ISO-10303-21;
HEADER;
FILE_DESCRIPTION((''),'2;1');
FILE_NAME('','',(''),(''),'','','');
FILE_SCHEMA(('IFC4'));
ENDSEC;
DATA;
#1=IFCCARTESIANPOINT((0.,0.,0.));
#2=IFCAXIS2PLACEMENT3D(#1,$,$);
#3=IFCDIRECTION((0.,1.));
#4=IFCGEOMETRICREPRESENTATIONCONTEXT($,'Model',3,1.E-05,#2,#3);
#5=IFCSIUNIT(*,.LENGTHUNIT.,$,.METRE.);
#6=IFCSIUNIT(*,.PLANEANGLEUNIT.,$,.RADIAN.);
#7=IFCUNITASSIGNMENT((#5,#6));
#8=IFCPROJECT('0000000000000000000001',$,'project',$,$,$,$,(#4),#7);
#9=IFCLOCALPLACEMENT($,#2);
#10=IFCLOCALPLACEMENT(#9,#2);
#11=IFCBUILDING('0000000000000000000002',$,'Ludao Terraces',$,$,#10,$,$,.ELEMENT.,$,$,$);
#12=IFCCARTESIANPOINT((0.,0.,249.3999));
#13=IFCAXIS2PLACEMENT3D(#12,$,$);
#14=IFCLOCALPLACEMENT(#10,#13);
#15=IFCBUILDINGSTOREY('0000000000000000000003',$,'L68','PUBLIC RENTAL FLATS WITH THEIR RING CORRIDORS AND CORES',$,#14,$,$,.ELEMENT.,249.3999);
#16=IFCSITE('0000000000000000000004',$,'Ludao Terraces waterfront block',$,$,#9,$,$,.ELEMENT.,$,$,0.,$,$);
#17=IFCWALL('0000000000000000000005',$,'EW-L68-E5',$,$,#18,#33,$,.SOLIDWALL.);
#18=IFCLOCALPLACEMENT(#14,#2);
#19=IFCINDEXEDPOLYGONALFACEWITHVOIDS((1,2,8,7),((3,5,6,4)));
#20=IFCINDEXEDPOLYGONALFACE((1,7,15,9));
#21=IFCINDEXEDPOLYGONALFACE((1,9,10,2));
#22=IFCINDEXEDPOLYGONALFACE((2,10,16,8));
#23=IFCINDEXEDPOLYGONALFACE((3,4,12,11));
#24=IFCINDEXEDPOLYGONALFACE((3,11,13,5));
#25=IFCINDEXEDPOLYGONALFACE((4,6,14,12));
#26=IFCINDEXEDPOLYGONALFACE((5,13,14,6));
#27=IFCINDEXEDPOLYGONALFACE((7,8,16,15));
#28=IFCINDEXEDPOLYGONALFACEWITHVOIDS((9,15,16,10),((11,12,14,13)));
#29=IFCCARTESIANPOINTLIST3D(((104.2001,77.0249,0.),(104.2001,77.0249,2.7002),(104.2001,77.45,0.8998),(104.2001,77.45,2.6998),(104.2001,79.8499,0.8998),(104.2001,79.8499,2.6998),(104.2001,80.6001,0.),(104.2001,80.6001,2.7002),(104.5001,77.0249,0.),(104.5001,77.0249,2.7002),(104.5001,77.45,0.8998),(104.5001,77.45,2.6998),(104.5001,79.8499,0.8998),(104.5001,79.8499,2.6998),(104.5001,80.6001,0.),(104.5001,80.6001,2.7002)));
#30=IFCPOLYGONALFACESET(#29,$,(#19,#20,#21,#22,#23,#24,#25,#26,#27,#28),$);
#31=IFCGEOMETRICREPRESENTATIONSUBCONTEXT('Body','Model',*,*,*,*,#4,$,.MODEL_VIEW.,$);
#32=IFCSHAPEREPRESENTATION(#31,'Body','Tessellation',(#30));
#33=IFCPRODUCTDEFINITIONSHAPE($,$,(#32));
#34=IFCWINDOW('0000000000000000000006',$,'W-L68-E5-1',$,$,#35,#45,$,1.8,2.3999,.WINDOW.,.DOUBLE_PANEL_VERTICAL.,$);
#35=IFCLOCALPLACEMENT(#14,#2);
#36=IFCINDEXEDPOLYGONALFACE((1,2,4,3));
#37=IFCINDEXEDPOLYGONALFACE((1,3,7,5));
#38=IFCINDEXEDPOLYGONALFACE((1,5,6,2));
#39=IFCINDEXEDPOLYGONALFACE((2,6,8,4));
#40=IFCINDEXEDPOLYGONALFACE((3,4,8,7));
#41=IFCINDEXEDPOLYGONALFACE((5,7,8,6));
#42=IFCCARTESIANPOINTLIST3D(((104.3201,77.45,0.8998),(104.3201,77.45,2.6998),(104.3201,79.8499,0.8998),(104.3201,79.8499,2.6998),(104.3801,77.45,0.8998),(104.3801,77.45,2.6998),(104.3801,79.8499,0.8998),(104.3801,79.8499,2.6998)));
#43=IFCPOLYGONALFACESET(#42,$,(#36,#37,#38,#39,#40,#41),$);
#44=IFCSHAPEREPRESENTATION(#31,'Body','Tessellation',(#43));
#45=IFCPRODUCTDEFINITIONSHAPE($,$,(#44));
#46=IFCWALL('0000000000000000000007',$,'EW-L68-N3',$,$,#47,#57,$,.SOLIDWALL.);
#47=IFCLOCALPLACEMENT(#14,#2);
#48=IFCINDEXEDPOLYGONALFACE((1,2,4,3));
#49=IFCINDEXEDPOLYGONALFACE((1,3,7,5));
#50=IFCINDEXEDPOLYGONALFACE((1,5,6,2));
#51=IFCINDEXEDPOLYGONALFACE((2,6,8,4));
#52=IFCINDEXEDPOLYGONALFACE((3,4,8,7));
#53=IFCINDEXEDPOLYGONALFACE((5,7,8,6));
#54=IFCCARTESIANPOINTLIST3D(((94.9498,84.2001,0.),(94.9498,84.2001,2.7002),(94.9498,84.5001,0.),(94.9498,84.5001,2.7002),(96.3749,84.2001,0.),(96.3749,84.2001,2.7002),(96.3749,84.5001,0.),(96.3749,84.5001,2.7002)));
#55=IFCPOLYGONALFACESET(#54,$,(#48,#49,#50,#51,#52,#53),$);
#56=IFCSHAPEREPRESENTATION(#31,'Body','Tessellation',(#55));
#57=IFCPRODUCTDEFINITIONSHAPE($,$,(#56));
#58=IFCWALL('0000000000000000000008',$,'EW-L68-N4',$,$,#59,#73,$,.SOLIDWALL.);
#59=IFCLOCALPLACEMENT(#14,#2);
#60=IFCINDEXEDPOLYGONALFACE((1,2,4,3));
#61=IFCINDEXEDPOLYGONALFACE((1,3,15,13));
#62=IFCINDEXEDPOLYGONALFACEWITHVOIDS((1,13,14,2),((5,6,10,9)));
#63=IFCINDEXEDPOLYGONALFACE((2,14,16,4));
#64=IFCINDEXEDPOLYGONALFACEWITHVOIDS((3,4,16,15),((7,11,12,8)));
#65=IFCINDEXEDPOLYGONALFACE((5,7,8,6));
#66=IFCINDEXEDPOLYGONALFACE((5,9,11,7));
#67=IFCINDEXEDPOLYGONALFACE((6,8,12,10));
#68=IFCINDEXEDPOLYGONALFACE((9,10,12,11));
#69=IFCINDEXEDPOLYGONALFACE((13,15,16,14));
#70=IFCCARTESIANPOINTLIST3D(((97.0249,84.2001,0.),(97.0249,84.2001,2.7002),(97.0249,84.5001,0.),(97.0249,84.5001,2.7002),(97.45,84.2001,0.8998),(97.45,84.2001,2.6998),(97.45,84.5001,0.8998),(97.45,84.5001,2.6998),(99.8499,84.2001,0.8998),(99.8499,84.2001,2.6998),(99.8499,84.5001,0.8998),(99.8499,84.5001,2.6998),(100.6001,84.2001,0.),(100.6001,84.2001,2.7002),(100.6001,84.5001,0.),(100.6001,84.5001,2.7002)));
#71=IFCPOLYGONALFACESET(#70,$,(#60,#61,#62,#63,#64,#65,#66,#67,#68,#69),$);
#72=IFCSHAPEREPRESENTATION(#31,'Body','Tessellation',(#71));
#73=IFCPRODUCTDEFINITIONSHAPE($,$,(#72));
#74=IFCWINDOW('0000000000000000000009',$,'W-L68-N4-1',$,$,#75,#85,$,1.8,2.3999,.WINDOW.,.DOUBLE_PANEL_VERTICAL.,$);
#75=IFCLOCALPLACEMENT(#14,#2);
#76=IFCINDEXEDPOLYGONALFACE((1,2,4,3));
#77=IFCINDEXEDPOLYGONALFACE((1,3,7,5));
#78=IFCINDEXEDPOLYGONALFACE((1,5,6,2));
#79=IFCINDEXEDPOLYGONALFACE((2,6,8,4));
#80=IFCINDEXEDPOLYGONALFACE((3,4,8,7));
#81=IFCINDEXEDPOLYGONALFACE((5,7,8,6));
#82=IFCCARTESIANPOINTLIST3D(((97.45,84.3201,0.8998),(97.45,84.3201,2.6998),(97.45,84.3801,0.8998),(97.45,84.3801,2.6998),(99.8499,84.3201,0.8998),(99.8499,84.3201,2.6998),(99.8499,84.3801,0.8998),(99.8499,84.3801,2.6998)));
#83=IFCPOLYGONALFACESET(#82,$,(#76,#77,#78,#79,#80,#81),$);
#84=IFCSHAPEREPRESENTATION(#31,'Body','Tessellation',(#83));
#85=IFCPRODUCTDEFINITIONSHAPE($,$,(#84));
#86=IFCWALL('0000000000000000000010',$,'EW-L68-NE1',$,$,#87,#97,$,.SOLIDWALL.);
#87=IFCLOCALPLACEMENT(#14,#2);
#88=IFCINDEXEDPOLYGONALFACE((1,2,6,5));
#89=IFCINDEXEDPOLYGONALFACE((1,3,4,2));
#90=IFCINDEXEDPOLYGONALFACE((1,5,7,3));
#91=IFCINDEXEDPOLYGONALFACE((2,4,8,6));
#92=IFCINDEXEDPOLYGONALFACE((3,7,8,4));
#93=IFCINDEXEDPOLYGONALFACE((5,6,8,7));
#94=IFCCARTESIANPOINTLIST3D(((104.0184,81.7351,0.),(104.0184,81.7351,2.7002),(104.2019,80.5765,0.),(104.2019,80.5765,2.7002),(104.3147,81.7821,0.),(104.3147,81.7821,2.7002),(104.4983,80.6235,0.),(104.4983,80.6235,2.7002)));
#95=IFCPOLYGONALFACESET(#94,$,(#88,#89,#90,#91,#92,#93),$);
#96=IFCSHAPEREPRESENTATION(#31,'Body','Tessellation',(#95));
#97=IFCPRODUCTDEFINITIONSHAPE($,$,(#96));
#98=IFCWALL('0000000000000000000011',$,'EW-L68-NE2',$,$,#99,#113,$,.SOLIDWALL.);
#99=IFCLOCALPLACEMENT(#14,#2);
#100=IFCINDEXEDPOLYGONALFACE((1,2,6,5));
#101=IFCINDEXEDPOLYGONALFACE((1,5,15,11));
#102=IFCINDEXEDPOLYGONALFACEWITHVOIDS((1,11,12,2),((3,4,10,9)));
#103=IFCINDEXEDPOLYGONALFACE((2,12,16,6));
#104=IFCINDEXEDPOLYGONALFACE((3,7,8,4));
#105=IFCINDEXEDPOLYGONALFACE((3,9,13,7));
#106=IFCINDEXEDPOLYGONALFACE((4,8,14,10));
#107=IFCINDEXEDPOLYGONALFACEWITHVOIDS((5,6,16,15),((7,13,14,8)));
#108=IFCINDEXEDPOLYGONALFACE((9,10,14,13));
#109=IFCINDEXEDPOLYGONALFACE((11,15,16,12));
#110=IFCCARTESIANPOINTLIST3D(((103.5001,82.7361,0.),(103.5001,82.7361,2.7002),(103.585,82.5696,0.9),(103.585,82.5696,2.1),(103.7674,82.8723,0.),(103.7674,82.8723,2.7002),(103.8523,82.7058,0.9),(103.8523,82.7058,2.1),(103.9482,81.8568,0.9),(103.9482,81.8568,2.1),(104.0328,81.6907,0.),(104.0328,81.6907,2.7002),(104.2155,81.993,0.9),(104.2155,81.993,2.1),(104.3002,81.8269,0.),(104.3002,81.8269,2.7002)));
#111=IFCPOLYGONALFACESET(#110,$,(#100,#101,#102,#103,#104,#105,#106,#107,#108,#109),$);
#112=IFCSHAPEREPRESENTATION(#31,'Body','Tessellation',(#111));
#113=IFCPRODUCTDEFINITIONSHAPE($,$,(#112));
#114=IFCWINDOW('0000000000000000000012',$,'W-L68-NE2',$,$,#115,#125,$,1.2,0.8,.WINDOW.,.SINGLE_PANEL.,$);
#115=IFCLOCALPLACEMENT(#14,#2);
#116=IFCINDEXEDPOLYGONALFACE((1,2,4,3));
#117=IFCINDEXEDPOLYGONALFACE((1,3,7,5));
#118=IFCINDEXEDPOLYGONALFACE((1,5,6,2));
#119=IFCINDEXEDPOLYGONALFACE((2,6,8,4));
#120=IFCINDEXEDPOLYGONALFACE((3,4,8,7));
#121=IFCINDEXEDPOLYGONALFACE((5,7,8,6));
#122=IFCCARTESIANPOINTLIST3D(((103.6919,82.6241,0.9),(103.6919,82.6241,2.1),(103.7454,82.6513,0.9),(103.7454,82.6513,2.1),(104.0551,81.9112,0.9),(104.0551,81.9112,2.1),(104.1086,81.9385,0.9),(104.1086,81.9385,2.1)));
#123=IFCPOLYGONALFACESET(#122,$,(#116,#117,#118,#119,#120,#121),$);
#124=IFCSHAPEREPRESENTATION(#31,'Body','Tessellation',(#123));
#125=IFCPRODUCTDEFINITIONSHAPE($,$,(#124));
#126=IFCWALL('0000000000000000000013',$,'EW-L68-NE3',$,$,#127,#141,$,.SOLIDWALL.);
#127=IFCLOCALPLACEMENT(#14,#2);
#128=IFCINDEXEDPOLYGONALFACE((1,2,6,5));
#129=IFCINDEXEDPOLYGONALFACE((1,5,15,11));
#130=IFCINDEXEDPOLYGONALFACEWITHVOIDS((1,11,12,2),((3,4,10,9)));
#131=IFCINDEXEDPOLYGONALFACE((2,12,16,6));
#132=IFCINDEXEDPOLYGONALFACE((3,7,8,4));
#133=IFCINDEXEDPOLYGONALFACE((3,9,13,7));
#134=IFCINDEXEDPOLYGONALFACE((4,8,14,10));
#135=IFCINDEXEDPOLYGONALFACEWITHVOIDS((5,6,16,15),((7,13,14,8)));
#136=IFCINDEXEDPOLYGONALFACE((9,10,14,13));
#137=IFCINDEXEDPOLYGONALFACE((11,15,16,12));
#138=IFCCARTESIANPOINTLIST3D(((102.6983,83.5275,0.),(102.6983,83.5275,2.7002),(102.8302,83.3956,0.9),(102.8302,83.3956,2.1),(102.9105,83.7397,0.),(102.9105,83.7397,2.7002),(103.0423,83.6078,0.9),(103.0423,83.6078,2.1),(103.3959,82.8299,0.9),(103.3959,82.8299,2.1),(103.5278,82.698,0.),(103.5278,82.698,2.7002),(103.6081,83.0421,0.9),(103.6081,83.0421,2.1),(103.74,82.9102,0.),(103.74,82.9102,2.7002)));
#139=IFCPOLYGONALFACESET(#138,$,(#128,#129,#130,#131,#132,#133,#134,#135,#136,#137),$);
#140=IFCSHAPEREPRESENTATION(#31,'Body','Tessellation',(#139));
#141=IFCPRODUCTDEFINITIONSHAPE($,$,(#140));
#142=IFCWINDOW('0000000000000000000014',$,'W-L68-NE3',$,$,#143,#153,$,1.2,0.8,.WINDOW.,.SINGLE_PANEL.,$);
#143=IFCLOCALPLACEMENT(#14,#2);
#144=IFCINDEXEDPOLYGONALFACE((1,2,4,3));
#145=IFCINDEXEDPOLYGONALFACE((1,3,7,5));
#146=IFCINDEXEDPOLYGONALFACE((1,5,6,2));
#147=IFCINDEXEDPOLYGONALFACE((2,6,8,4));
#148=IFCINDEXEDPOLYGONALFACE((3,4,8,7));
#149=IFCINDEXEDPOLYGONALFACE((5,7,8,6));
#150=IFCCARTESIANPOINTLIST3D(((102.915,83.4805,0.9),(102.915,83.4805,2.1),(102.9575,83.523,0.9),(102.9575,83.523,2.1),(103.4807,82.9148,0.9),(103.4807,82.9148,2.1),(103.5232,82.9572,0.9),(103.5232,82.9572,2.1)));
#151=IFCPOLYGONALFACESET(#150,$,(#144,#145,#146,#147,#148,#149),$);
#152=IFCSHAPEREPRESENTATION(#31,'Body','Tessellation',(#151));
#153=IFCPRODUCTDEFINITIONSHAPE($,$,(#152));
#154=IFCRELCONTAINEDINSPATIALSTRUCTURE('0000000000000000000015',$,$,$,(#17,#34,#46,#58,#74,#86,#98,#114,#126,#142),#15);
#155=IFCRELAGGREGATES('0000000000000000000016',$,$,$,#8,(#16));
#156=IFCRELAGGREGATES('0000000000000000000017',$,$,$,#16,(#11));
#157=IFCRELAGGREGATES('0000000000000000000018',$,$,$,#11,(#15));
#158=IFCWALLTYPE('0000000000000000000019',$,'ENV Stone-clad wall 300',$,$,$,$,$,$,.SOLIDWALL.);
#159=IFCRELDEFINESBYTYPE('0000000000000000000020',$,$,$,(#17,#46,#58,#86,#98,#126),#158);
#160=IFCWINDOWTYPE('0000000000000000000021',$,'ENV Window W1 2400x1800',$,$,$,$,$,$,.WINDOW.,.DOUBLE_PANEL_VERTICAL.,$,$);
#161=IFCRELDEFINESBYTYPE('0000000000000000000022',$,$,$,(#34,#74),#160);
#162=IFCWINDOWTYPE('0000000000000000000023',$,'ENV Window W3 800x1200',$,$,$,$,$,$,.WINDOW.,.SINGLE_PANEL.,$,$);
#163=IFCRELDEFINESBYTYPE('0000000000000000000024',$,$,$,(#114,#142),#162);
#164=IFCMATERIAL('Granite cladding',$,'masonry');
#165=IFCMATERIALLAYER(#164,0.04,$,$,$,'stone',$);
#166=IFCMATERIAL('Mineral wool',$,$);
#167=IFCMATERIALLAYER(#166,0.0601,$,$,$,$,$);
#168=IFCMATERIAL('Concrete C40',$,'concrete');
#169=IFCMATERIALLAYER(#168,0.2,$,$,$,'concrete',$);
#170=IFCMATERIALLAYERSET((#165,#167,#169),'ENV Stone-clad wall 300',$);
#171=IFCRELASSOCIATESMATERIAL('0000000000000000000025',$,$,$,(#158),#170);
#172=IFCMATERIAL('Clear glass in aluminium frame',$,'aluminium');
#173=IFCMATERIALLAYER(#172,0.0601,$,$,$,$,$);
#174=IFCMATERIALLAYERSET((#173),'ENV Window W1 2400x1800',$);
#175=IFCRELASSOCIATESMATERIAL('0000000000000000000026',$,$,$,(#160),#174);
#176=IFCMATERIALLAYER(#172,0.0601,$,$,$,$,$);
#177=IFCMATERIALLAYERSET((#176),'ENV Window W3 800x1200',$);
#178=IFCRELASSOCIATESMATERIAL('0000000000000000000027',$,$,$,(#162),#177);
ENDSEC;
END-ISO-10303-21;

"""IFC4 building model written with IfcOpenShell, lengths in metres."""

from ifc_helpers import new_model, si_unit, direction, frame, frame_2d, origin, place, context, subcontext, project, spatial, rectangle, extrude, material, layer, layer_set, type_object, element, fill, save


model = new_model("IFC4")

# Units and contexts
model_context = context("Model", 3, precision=1e-05, world=origin(), true_north=direction((0.0, 1.0)))
body_context = subcontext(model_context, "Body", "Model", "MODEL_VIEW")
ifc_project = project(units=[si_unit("LENGTHUNIT", "METRE"), si_unit("PLANEANGLEUNIT", "RADIAN")], contexts=[model_context])

# Site, building, storey
site_placement = place(None, origin())
site = spatial("IfcSite", under=ifc_project, at=site_placement, Name="Ludao Terraces waterfront block", CompositionType="ELEMENT", RefElevation=0.0)
building_placement = place(site_placement, origin())
building = spatial("IfcBuilding", under=site, at=building_placement, Name="Ludao Terraces", CompositionType="ELEMENT")
storey_placement = place(building_placement, frame((0.0, 0.0, 249.3999)))
storey = spatial("IfcBuildingStorey", under=building, at=storey_placement, Name="L68", Description="PUBLIC RENTAL FLATS WITH THEIR RING CORRIDORS AND CORES", CompositionType="ELEMENT", Elevation=249.3999)

# Shared definitions
ifc_material_1 = material(Name="Concrete C40", Category="concrete")

# Wall, opening, window
ifc_material_2 = material(Name="Granite cladding", Category="masonry")
ifc_layer_1 = layer(ifc_material_2, 0.04, Category="stone")
ifc_material_3 = material(Name="Mineral wool")
ifc_layer_2 = layer(ifc_material_3, 0.0601)
ifc_layer_3 = layer(ifc_material_1, 0.2, Category="concrete")
ifc_layer_set_1 = layer_set([ifc_layer_1, ifc_layer_2, ifc_layer_3], Name="ENV Stone-clad wall 300")
wall_type_1 = type_object("IfcWallType", Name="ENV Stone-clad wall 300", PredefinedType="SOLIDWALL", material=ifc_layer_set_1)
wall_1_placement = place(storey_placement, frame((104.3501, 77.0249, 0.0), z_axis=(0.0, 0.0, 1.0), x_axis=(0.0, 1.0, 0.0)))
wall_1 = element("IfcWall", 1, at=wall_1_placement, inside=storey, type_object=wall_type_1, Name="EW-L68-E5", PredefinedType="SOLIDWALL", context=body_context, shape_type="SweptSolid", body=[
    extrude(rectangle(XDim=3.5752, YDim=0.3, at=frame_2d((1.7876, 0.0))), origin(), (0.0, 0.0, 1.0), 2.7002),
])
opening_1_placement = place(wall_1_placement, frame((0.425, 0.0, 0.8999)))
opening_1 = element("IfcOpeningElement", 2, at=opening_1_placement, cuts=wall_1, PredefinedType="OPENING", context=body_context, shape_type="SweptSolid", body=[
    extrude(rectangle(XDim=2.3999, YDim=1.8, at=frame_2d((1.2, 0.8999))), frame((0.0, 0.1602, 0.0), z_axis=(0.0, -1.0, 0.0), x_axis=(1.0, 0.0, 0.0)), (0.0, 0.0, 1.0), 0.3201),
])
ifc_material_4 = material(Name="Clear glass in aluminium frame", Category="aluminium")
ifc_layer_4 = layer(ifc_material_4, 0.0601)
ifc_layer_set_2 = layer_set([ifc_layer_4], Name="ENV Window W1 2400x1800")
window_type_1 = type_object("IfcWindowType", Name="ENV Window W1 2400x1800", PartitioningType="DOUBLE_PANEL_VERTICAL", PredefinedType="WINDOW", material=ifc_layer_set_2)
window_1_placement = place(opening_1_placement, origin())
window_1 = element("IfcWindow", 3, at=window_1_placement, inside=storey, type_object=window_type_1, Name="W-L68-E5-1", OverallHeight=1.8, OverallWidth=2.3999, PartitioningType="DOUBLE_PANEL_VERTICAL", PredefinedType="WINDOW", context=body_context, shape_type="SweptSolid", body=[
    extrude(rectangle(XDim=2.3999, YDim=1.8, at=frame_2d((1.2, 0.8999))), frame((0.0, 0.03, 0.0), z_axis=(0.0, -1.0, 0.0), x_axis=(1.0, 0.0, 0.0)), (0.0, 0.0, 1.0), 0.0601),
])
fill(opening_1, window_1)

# Wall
wall_2_placement = place(storey_placement, frame((94.95, 84.3501, 0.0), z_axis=(0.0, 0.0, 1.0), x_axis=(1.0, 0.0, 0.0)))
element("IfcWall", 4, at=wall_2_placement, inside=storey, type_object=wall_type_1, Name="EW-L68-N3", PredefinedType="SOLIDWALL", context=body_context, shape_type="SweptSolid", body=[
    extrude(rectangle(XDim=1.425, YDim=0.3, at=frame_2d((0.7124, 0.0))), origin(), (0.0, 0.0, 1.0), 2.7002),
])

# Wall, opening, window
wall_3_placement = place(storey_placement, frame((97.0249, 84.3501, 0.0), z_axis=(0.0, 0.0, 1.0), x_axis=(1.0, 0.0, 0.0)))
wall_3 = element("IfcWall", 5, at=wall_3_placement, inside=storey, type_object=wall_type_1, Name="EW-L68-N4", PredefinedType="SOLIDWALL", context=body_context, shape_type="SweptSolid", body=[
    extrude(rectangle(XDim=3.5752, YDim=0.3, at=frame_2d((1.7876, 0.0))), origin(), (0.0, 0.0, 1.0), 2.7002),
])
opening_2_placement = place(wall_3_placement, frame((0.425, 0.0, 0.8999)))
opening_2 = element("IfcOpeningElement", 6, at=opening_2_placement, cuts=wall_3, PredefinedType="OPENING", context=body_context, shape_type="SweptSolid", body=[
    extrude(rectangle(XDim=2.3999, YDim=1.8, at=frame_2d((1.2, 0.8999))), frame((0.0, 0.1602, 0.0), z_axis=(0.0, -1.0, 0.0), x_axis=(1.0, 0.0, 0.0)), (0.0, 0.0, 1.0), 0.3201),
])
window_2_placement = place(opening_2_placement, origin())
window_2 = element("IfcWindow", 7, at=window_2_placement, inside=storey, type_object=window_type_1, Name="W-L68-N4-1", OverallHeight=1.8, OverallWidth=2.3999, PartitioningType="DOUBLE_PANEL_VERTICAL", PredefinedType="WINDOW", context=body_context, shape_type="SweptSolid", body=[
    extrude(rectangle(XDim=2.3999, YDim=1.8, at=frame_2d((1.2, 0.8999))), frame((0.0, 0.03, 0.0), z_axis=(0.0, -1.0, 0.0), x_axis=(1.0, 0.0, 0.0)), (0.0, 0.0, 1.0), 0.0601),
])
fill(opening_2, window_2)

# Wall
wall_4_placement = place(storey_placement, frame((104.3501, 80.6001, 0.0), z_axis=(0.0, 0.0, 1.0), x_axis=(-0.156497, 0.987678, 0.0)))
element("IfcWall", 8, at=wall_4_placement, inside=storey, type_object=wall_type_1, Name="EW-L68-NE1", PredefinedType="SOLIDWALL", context=body_context, shape_type="SweptSolid", body=[
    extrude(rectangle(XDim=1.1731, YDim=0.3, at=frame_2d((0.5864, 0.0))), origin(), (0.0, 0.0, 1.0), 2.7002),
])

# Walls, openings, windows
wall_5_placement = place(storey_placement, frame((104.1665, 81.7588, 0.0), z_axis=(0.0, 0.0, 1.0), x_axis=(-0.454026, 0.890989, 0.0)))
wall_5 = element("IfcWall", 9, at=wall_5_placement, inside=storey, type_object=wall_type_1, Name="EW-L68-NE2", PredefinedType="SOLIDWALL", context=body_context, shape_type="SweptSolid", body=[
    extrude(rectangle(XDim=1.1733, YDim=0.3, at=frame_2d((0.5867, 0.0))), origin(), (0.0, 0.0, 1.0), 2.7002),
])
opening_3_placement = place(wall_5_placement, frame((0.1865, 0.0, 0.8999)))
opening_3 = element("IfcOpeningElement", 10, at=opening_3_placement, cuts=wall_5, PredefinedType="OPENING", context=body_context, shape_type="SweptSolid", body=[
    extrude(rectangle(XDim=0.8, YDim=1.2, at=frame_2d((0.3999, 0.6001))), frame((0.0, 0.1602, 0.0), z_axis=(0.0, -1.0, 0.0), x_axis=(1.0, 0.0, 0.0)), (0.0, 0.0, 1.0), 0.3201),
])
ifc_layer_5 = layer(ifc_material_4, 0.0601)
ifc_layer_set_3 = layer_set([ifc_layer_5], Name="ENV Window W3 800x1200")
window_type_2 = type_object("IfcWindowType", Name="ENV Window W3 800x1200", PartitioningType="SINGLE_PANEL", PredefinedType="WINDOW", material=ifc_layer_set_3)
window_3_placement = place(opening_3_placement, origin())
window_3 = element("IfcWindow", 11, at=window_3_placement, inside=storey, type_object=window_type_2, Name="W-L68-NE2", OverallHeight=1.2, OverallWidth=0.8, PartitioningType="SINGLE_PANEL", PredefinedType="WINDOW", context=body_context, shape_type="SweptSolid", body=[
    extrude(rectangle(XDim=0.8, YDim=1.2, at=frame_2d((0.3999, 0.6001))), frame((0.0, 0.03, 0.0), z_axis=(0.0, -1.0, 0.0), x_axis=(1.0, 0.0, 0.0)), (0.0, 0.0, 1.0), 0.0601),
])
fill(opening_3, window_3)
wall_6_placement = place(storey_placement, frame((103.6338, 82.8042, 0.0), z_axis=(0.0, 0.0, 1.0), x_axis=(-0.707107, 0.707107, 0.0)))
wall_6 = element("IfcWall", 12, at=wall_6_placement, inside=storey, type_object=wall_type_1, Name="EW-L68-NE3", PredefinedType="SOLIDWALL", context=body_context, shape_type="SweptSolid", body=[
    extrude(rectangle(XDim=1.1731, YDim=0.3, at=frame_2d((0.5864, 0.0))), origin(), (0.0, 0.0, 1.0), 2.7002),
])
opening_4_placement = place(wall_6_placement, frame((0.1865, 0.0, 0.8999)))
opening_4 = element("IfcOpeningElement", 13, at=opening_4_placement, cuts=wall_6, PredefinedType="OPENING", context=body_context, shape_type="SweptSolid", body=[
    extrude(rectangle(XDim=0.8, YDim=1.2, at=frame_2d((0.3999, 0.6001))), frame((0.0, 0.1602, 0.0), z_axis=(0.0, -1.0, 0.0), x_axis=(1.0, 0.0, 0.0)), (0.0, 0.0, 1.0), 0.3201),
])
window_4_placement = place(opening_4_placement, origin())
window_4 = element("IfcWindow", 14, at=window_4_placement, inside=storey, type_object=window_type_2, Name="W-L68-NE3", OverallHeight=1.2, OverallWidth=0.8, PartitioningType="SINGLE_PANEL", PredefinedType="WINDOW", context=body_context, shape_type="SweptSolid", body=[
    extrude(rectangle(XDim=0.8, YDim=1.2, at=frame_2d((0.3999, 0.6001))), frame((0.0, 0.03, 0.0), z_axis=(0.0, -1.0, 0.0), x_axis=(1.0, 0.0, 0.0)), (0.0, 0.0, 1.0), 0.0601),
])
fill(opening_4, window_4)

save(model, "model.ifc")
